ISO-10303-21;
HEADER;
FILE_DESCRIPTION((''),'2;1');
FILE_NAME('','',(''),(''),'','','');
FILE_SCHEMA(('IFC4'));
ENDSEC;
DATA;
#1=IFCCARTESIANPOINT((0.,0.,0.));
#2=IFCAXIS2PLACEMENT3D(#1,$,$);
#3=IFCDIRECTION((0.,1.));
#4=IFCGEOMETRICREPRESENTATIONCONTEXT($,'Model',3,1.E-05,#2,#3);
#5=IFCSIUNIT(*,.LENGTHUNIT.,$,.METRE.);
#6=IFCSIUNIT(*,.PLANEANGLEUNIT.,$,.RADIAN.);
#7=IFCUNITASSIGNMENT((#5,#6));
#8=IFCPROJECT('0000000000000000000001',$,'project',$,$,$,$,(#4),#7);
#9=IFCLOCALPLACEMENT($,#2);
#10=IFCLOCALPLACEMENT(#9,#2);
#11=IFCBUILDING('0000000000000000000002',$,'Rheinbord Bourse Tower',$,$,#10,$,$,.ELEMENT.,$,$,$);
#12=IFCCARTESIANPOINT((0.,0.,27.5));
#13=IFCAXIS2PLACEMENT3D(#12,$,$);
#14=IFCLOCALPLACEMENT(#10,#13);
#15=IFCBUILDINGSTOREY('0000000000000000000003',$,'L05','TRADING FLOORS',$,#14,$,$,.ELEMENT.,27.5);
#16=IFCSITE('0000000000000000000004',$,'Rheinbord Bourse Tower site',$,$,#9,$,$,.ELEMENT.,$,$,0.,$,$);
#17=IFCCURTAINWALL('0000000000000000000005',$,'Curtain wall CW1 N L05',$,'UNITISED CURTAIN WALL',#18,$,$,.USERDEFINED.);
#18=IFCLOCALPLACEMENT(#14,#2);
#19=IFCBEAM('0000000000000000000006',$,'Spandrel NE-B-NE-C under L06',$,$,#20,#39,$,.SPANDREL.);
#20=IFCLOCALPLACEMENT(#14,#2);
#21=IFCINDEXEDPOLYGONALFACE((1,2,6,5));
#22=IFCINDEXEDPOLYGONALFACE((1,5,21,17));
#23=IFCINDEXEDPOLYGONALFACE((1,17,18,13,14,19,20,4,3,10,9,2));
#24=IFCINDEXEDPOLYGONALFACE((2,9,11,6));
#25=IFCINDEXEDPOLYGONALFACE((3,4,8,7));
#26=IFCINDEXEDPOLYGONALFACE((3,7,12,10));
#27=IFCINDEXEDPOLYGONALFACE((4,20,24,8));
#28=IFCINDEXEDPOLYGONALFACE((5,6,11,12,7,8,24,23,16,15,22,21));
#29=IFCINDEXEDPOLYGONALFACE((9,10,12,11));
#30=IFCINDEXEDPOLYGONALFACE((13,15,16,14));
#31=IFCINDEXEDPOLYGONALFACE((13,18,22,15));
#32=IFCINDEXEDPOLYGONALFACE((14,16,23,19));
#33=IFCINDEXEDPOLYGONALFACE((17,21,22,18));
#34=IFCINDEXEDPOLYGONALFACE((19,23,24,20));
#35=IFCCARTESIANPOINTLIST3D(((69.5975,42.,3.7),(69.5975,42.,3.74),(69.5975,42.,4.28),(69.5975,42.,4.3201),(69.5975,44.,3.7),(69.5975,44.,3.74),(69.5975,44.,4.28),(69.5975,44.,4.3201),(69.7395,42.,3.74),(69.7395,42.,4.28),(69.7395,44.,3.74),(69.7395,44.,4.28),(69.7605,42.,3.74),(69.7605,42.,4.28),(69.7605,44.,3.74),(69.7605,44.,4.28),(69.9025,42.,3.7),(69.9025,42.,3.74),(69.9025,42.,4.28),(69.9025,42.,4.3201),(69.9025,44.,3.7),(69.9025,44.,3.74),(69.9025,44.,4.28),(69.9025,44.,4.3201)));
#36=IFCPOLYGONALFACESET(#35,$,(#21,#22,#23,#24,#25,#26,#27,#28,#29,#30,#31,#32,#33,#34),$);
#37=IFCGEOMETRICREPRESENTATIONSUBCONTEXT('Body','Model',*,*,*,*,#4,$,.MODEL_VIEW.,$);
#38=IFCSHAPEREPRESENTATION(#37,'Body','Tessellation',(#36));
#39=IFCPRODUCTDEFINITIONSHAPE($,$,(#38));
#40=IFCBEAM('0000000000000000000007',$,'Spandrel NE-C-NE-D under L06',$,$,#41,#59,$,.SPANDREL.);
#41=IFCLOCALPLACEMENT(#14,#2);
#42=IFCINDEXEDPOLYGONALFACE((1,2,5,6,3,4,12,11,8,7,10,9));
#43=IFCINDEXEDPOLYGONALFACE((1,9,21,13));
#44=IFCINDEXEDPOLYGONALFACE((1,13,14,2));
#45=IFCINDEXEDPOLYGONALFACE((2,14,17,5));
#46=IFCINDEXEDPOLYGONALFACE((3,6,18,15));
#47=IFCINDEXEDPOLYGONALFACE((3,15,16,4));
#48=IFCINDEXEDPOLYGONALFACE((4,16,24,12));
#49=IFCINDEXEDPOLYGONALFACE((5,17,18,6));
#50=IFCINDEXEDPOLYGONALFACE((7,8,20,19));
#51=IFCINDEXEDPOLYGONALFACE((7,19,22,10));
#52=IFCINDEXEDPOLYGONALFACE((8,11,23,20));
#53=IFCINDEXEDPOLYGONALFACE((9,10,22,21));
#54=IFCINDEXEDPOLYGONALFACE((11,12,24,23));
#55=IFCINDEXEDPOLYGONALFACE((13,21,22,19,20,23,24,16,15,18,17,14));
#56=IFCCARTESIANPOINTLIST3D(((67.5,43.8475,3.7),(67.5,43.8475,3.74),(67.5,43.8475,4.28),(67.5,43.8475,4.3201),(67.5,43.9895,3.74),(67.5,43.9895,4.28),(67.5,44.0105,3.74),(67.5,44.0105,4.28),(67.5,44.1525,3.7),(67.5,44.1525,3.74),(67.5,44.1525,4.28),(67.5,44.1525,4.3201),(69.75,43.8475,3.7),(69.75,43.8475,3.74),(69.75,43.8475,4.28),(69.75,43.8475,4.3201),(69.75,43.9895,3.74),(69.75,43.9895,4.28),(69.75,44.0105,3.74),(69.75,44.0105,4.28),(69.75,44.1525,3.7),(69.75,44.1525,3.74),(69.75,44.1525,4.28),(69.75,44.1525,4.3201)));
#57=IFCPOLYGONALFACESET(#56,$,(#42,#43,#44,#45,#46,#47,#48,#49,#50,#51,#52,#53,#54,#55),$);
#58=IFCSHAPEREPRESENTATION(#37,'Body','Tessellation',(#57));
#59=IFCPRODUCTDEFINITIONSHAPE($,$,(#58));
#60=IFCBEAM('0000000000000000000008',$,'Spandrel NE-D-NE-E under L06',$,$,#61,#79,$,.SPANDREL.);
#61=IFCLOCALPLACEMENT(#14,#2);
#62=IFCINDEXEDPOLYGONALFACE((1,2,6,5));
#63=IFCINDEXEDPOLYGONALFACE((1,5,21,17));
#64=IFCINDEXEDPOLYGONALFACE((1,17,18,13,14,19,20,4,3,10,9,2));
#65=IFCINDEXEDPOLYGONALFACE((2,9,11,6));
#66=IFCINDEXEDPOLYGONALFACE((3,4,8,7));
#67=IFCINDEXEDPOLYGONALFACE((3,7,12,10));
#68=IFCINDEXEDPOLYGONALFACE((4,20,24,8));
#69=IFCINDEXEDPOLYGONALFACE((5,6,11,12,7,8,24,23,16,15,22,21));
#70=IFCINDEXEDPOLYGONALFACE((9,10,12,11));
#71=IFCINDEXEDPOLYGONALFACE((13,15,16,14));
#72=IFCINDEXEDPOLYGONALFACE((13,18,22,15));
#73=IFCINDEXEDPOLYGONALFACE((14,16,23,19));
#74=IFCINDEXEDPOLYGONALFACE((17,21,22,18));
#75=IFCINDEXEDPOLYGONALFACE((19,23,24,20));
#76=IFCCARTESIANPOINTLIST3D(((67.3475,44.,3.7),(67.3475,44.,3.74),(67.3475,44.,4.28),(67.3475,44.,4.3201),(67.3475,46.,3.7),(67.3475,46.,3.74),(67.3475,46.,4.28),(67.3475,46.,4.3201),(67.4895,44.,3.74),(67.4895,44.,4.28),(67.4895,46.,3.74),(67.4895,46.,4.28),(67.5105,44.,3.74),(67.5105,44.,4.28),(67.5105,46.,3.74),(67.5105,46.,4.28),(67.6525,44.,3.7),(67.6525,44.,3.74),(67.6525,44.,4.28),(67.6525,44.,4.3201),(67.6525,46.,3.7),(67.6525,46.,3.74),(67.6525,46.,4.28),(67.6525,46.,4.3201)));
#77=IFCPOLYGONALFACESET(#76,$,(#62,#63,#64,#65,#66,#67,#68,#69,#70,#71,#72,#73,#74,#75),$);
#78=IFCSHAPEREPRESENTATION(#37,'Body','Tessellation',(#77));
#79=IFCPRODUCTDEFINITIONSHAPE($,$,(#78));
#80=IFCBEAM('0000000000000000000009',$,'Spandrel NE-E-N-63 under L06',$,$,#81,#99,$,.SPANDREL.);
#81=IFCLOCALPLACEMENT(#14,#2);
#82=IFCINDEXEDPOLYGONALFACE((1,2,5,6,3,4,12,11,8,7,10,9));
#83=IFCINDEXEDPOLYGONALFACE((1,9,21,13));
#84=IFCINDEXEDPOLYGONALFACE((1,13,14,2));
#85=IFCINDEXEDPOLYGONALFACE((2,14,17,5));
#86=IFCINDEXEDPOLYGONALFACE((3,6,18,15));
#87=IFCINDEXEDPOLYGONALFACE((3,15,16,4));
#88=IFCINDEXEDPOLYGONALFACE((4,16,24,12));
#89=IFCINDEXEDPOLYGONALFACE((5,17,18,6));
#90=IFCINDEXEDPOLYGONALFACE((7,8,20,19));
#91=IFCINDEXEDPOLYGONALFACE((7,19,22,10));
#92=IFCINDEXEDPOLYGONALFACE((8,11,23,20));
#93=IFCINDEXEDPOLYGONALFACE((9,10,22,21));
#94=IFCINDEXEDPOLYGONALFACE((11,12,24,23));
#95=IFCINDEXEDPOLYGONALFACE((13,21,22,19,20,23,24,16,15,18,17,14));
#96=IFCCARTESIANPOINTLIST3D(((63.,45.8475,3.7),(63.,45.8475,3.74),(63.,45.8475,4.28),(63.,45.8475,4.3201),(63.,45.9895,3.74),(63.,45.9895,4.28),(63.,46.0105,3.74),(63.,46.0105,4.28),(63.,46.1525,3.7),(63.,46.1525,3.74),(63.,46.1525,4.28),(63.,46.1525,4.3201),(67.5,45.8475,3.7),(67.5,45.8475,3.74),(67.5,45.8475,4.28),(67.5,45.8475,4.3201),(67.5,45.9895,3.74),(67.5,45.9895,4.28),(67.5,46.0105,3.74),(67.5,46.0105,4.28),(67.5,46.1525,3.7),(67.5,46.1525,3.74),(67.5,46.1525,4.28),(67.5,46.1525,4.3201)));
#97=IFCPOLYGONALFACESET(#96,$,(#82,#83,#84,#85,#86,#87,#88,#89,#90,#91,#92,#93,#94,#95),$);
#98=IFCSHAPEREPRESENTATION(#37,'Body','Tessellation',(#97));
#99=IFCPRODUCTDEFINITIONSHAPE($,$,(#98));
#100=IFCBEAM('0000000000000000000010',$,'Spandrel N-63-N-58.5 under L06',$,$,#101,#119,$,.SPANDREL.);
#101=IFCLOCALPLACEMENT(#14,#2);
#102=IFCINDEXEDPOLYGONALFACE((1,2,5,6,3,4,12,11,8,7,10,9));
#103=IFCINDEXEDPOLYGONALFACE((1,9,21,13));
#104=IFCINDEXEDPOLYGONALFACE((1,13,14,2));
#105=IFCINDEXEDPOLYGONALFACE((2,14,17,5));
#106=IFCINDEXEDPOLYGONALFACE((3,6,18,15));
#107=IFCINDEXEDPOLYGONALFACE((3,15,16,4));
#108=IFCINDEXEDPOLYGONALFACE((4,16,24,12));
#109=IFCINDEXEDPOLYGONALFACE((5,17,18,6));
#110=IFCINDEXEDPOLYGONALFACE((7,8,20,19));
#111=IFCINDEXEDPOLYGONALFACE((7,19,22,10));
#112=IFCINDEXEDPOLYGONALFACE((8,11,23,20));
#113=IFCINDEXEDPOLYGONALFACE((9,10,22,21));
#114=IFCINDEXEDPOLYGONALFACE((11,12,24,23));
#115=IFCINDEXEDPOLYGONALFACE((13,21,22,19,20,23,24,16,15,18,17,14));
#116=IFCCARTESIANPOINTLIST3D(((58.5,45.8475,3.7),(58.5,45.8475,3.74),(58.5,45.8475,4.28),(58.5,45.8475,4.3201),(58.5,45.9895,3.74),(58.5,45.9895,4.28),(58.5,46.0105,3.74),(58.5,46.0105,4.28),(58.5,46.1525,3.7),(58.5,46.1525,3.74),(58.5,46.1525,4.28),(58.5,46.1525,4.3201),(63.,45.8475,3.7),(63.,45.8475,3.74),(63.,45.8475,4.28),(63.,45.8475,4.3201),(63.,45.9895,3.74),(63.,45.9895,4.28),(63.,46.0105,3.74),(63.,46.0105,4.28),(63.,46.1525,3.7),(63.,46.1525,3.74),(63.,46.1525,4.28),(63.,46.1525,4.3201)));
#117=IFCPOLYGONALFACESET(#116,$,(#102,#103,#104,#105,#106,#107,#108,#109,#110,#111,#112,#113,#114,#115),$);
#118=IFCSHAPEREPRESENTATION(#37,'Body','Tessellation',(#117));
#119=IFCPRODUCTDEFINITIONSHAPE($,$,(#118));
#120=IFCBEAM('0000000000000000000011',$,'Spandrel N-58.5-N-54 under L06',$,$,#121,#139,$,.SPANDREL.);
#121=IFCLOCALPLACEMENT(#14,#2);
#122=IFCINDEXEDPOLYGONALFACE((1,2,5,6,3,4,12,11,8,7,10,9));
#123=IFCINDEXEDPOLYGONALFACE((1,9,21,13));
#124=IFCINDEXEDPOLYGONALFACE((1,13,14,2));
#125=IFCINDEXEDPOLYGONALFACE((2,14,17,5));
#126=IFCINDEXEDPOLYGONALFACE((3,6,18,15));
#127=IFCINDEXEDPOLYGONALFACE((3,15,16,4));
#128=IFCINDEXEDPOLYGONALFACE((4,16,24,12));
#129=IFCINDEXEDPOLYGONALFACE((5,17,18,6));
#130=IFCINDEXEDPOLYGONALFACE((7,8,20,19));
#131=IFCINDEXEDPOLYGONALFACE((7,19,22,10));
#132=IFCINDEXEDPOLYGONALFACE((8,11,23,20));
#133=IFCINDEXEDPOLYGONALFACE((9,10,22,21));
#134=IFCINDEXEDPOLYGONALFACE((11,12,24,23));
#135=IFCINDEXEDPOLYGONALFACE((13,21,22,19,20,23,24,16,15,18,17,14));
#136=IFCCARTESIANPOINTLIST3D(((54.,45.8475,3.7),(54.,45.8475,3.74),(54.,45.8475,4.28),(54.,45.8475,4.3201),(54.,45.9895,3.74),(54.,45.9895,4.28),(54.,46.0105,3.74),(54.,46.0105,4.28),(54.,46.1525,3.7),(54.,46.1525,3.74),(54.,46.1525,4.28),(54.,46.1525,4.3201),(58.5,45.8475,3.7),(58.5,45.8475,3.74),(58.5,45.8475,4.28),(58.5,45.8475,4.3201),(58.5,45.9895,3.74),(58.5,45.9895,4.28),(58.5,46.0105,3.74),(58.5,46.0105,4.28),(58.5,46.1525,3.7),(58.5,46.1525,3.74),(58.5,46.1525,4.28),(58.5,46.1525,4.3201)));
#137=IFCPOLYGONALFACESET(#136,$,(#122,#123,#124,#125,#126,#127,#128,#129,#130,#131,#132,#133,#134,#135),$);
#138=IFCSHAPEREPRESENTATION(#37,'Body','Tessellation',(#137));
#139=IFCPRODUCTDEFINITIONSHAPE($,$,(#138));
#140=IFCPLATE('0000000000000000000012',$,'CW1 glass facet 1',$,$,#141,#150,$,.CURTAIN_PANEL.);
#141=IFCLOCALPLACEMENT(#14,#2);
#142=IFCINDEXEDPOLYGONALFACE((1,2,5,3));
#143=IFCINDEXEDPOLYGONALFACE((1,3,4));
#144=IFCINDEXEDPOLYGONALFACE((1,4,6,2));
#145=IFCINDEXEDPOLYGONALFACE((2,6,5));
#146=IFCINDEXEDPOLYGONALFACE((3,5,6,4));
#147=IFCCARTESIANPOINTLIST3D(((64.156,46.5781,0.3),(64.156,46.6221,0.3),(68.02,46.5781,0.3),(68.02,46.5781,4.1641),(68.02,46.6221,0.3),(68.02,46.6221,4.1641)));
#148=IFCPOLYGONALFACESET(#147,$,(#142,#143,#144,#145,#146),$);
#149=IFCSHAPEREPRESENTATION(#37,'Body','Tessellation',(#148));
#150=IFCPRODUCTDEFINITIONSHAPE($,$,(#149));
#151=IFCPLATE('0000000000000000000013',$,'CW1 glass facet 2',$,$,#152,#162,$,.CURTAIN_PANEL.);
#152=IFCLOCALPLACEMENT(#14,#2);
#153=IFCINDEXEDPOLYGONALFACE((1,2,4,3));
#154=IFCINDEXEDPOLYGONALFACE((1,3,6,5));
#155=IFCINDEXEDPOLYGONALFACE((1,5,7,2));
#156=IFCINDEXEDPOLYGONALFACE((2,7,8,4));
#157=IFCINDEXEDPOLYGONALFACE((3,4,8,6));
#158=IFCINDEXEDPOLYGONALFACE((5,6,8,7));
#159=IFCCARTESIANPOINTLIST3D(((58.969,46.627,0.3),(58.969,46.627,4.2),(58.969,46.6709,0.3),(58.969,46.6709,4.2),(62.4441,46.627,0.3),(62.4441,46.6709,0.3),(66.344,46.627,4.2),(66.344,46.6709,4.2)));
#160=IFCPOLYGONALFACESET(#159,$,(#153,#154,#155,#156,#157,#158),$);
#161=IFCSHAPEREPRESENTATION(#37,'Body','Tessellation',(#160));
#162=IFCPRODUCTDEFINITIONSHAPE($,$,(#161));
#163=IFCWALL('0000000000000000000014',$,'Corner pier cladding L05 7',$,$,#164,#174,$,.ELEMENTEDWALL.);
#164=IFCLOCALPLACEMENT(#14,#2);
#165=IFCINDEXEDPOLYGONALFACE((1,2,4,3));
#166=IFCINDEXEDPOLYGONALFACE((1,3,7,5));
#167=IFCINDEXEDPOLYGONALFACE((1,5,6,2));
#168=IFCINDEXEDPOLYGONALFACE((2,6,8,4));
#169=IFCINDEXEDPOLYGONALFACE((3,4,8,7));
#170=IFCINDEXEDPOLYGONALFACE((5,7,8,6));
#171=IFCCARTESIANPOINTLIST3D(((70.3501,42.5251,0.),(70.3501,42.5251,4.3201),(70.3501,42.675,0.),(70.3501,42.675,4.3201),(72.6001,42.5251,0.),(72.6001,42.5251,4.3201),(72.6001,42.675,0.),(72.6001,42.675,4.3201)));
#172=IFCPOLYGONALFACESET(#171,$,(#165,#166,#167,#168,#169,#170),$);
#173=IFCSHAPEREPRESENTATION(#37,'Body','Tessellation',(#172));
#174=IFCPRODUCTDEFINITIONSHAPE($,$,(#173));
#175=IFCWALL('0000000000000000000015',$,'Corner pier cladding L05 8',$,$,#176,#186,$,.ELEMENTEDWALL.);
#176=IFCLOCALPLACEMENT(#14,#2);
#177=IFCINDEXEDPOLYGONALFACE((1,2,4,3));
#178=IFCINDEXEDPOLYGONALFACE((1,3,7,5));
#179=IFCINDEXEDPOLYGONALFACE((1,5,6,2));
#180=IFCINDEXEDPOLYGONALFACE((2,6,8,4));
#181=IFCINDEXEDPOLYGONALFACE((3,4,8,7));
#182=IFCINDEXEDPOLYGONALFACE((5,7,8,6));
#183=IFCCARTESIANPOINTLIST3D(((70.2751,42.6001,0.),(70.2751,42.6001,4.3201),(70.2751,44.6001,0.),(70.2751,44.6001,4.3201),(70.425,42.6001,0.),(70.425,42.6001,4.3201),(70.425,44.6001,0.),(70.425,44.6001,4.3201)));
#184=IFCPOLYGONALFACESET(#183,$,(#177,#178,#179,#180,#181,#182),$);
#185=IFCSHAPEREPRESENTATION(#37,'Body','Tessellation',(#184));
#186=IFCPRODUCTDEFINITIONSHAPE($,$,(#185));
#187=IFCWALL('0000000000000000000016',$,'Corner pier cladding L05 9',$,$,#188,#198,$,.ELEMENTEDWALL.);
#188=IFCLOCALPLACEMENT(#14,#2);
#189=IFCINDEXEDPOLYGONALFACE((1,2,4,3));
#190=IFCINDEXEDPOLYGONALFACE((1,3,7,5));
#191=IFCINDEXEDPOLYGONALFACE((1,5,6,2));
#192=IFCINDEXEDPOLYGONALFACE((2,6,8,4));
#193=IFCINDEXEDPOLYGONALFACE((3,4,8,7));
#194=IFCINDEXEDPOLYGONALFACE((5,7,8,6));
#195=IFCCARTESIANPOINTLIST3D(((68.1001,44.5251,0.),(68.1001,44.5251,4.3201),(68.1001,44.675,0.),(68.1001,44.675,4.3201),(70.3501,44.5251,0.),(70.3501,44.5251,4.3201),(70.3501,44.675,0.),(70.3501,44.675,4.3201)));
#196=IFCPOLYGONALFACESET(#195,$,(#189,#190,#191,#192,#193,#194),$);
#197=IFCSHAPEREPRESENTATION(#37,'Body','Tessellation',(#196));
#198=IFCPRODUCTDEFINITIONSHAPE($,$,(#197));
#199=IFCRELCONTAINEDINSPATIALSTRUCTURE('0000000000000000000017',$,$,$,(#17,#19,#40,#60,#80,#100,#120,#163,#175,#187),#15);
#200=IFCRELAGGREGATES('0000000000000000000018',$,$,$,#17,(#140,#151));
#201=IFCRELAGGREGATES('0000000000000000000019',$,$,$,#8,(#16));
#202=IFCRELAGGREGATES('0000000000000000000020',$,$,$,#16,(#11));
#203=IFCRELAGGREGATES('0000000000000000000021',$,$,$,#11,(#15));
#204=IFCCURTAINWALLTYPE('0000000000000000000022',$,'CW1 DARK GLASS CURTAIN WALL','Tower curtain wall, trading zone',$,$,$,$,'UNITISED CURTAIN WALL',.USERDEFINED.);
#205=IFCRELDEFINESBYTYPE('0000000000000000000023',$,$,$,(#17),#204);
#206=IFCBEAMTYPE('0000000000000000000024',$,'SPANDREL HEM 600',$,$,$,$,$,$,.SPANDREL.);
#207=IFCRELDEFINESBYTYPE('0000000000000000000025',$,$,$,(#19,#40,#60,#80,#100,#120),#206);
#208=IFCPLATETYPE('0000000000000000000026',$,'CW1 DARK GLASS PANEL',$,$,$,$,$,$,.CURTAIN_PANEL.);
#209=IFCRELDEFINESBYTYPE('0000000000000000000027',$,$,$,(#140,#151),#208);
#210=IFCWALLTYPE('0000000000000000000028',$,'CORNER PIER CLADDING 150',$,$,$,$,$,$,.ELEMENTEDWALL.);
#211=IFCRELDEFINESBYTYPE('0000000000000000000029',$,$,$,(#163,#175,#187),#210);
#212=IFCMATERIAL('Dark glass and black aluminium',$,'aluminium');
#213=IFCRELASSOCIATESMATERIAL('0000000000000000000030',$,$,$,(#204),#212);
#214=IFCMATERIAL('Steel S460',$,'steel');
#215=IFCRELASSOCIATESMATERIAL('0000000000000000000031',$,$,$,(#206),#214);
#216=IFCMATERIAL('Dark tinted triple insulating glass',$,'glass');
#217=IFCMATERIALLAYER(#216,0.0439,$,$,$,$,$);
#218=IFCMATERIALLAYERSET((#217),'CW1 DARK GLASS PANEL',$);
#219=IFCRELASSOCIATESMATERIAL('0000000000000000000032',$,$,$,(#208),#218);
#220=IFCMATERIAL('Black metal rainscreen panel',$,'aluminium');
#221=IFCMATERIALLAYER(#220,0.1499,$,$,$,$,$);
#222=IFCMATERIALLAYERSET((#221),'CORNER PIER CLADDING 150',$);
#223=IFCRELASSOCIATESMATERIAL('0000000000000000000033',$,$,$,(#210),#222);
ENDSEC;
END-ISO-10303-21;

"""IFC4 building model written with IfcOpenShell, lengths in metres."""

from ifc_helpers import new_model, si_unit, direction, frame, frame_2d, origin, origin_2d, place, context, subcontext, project, spatial, polyline, rectangle, i_section, outline, extrude, material, layer, layer_set, material_profile, profile_set, type_object, element, aggregate, save


model = new_model("IFC4")

# Units and contexts
model_context = context("Model", 3, precision=1e-05, world=origin(), true_north=direction((0.0, 1.0)))
body_context = subcontext(model_context, "Body", "Model", "MODEL_VIEW")
ifc_project = project(units=[si_unit("LENGTHUNIT", "METRE"), si_unit("PLANEANGLEUNIT", "RADIAN")], contexts=[model_context])

# Site, building, storey
site_placement = place(None, origin())
site = spatial("IfcSite", under=ifc_project, at=site_placement, Name="Rheinbord Bourse Tower site", CompositionType="ELEMENT", RefElevation=0.0)
building_placement = place(site_placement, origin())
building = spatial("IfcBuilding", under=site, at=building_placement, Name="Rheinbord Bourse Tower", CompositionType="ELEMENT")
storey_placement = place(building_placement, frame((0.0, 0.0, 27.5)))
storey = spatial("IfcBuildingStorey", under=building, at=storey_placement, Name="L05", Description="TRADING FLOORS", CompositionType="ELEMENT", Elevation=27.5)

# Curtain wall
ifc_material_1 = material(Name="Dark glass and black aluminium", Category="aluminium")
curtain_wall_type = type_object("IfcCurtainWallType", Name="CW1 DARK GLASS CURTAIN WALL", Description="Tower curtain wall, trading zone", ElementType="UNITISED CURTAIN WALL", PredefinedType="USERDEFINED", material=ifc_material_1)
curtain_wall_1_placement = place(storey_placement, origin())
curtain_wall_1 = element("IfcCurtainWall", 1, at=curtain_wall_1_placement, inside=storey, type_object=curtain_wall_type, Name="Curtain wall CW1 N L05", ObjectType="UNITISED CURTAIN WALL", PredefinedType="USERDEFINED")

# Beams
ifc_material_2 = material(Name="Steel S460", Category="steel")
ifc_material_profile_1 = material_profile(ifc_material_2, i_section(OverallWidth=0.3049, OverallDepth=0.6201, WebThickness=0.021, FlangeThickness=0.04, at=origin_2d()), Name="HEM 600")
ifc_profile_set_1 = profile_set([ifc_material_profile_1], Name="Steel S460")
beam_type_1 = type_object("IfcBeamType", Name="SPANDREL HEM 600", PredefinedType="SPANDREL", material=ifc_profile_set_1)
beam_1_placement = place(storey_placement, frame((69.75, 42.0, 4.01), z_axis=(0.0, 1.0, 0.0), x_axis=(-1.0, 0.0, 0.0)))
element("IfcBeam", 2, at=beam_1_placement, inside=storey, type_object=beam_type_1, Name="Spandrel NE-B-NE-C under L06", PredefinedType="SPANDREL", context=body_context, shape_type="SweptSolid", body=[
    extrude(i_section(OverallWidth=0.3049, OverallDepth=0.6201, WebThickness=0.021, FlangeThickness=0.04, at=origin_2d()), origin(), (0.0, 0.0, 1.0), 2.0),
])
beam_2_placement = place(storey_placement, frame((69.75, 44.0, 4.01), z_axis=(-1.0, 0.0, 0.0), x_axis=(0.0, -1.0, 0.0)))
element("IfcBeam", 3, at=beam_2_placement, inside=storey, type_object=beam_type_1, Name="Spandrel NE-C-NE-D under L06", PredefinedType="SPANDREL", context=body_context, shape_type="SweptSolid", body=[
    extrude(i_section(OverallWidth=0.3049, OverallDepth=0.6201, WebThickness=0.021, FlangeThickness=0.04, at=origin_2d()), origin(), (0.0, 0.0, 1.0), 2.25),
])
beam_3_placement = place(storey_placement, frame((67.5, 44.0, 4.01), z_axis=(0.0, 1.0, 0.0), x_axis=(-1.0, 0.0, 0.0)))
element("IfcBeam", 4, at=beam_3_placement, inside=storey, type_object=beam_type_1, Name="Spandrel NE-D-NE-E under L06", PredefinedType="SPANDREL", context=body_context, shape_type="SweptSolid", body=[
    extrude(i_section(OverallWidth=0.3049, OverallDepth=0.6201, WebThickness=0.021, FlangeThickness=0.04, at=origin_2d()), origin(), (0.0, 0.0, 1.0), 2.0),
])
for number, where, z_axis, x_axis, name in (
    (5, (67.5, 46.0, 4.01), (-1.0, 0.0, 0.0), (0.0, -1.0, 0.0), "Spandrel NE-E-N-63 under L06"),
    (6, (63.0, 46.0, 4.01), (-1.0, 0.0, 0.0), (0.0, -1.0, 0.0), "Spandrel N-63-N-58.5 under L06"),
    (7, (58.5, 46.0, 4.01), (-1.0, 0.0, 0.0), (0.0, -1.0, 0.0), "Spandrel N-58.5-N-54 under L06"),
):
    element("IfcBeam", number, at=place(storey_placement, frame(where, z_axis=z_axis, x_axis=x_axis)), inside=storey, type_object=beam_type_1, Name=name, PredefinedType="SPANDREL", context=body_context, shape_type="SweptSolid", body=[
        extrude(i_section(OverallWidth=0.3049, OverallDepth=0.6201, WebThickness=0.021, FlangeThickness=0.04, at=origin_2d()), origin(), (0.0, 0.0, 1.0), 4.5),
    ])

# Plates
ifc_material_3 = material(Name="Dark tinted triple insulating glass", Category="glass")
ifc_layer_1 = layer(ifc_material_3, 0.0439)
ifc_layer_set_1 = layer_set([ifc_layer_1], Name="CW1 DARK GLASS PANEL")
plate_type = type_object("IfcPlateType", Name="CW1 DARK GLASS PANEL", PredefinedType="CURTAIN_PANEL", material=ifc_layer_set_1)
plate_1_placement = place(storey_placement, frame((68.02, 46.6221, 0.3), z_axis=(0.0, -1.0, 0.0), x_axis=(0.0, 0.0, 1.0)))
plate_1 = element("IfcPlate", 8, at=plate_1_placement, type_object=plate_type, Name="CW1 glass facet 1", PredefinedType="CURTAIN_PANEL", context=body_context, shape_type="SweptSolid", body=[
    extrude(outline(polyline([(0.0, 0.0), (3.864, 0.0), (0.0, 3.864), (0.0, 0.0)])), origin(), (0.0, 0.0, 1.0), 0.0439),
])
plate_2_placement = place(storey_placement, frame((58.969, 46.6709, 4.2), z_axis=(0.0, -1.0, 0.0), x_axis=(0.0, 0.0, -1.0)))
plate_2 = element("IfcPlate", 9, at=plate_2_placement, type_object=plate_type, Name="CW1 glass facet 2", PredefinedType="CURTAIN_PANEL", context=body_context, shape_type="SweptSolid", body=[
    extrude(outline(polyline([(0.0, 0.0), (3.8999, 0.0), (3.8999, 3.4751), (0.0, 7.375), (0.0, 0.0)])), origin(), (0.0, 0.0, 1.0), 0.0439),
])
aggregate(curtain_wall_1, [plate_1, plate_2])

# Walls
ifc_material_4 = material(Name="Black metal rainscreen panel", Category="aluminium")
ifc_layer_2 = layer(ifc_material_4, 0.1499)
ifc_layer_set_2 = layer_set([ifc_layer_2], Name="CORNER PIER CLADDING 150")
wall_type = type_object("IfcWallType", Name="CORNER PIER CLADDING 150", PredefinedType="ELEMENTEDWALL", material=ifc_layer_set_2)
wall_1_placement = place(storey_placement, frame((72.6001, 42.6001, 0.0), z_axis=(0.0, 0.0, 1.0), x_axis=(-1.0, 0.0, 0.0)))
element("IfcWall", 10, at=wall_1_placement, inside=storey, type_object=wall_type, Name="Corner pier cladding L05 7", PredefinedType="ELEMENTEDWALL", context=body_context, shape_type="SweptSolid", body=[
    extrude(rectangle(XDim=2.25, YDim=0.1499, at=frame_2d((1.125, 0.0))), origin(), (0.0, 0.0, 1.0), 4.3201),
])
wall_2_placement = place(storey_placement, frame((70.3501, 42.6001, 0.0), z_axis=(0.0, 0.0, 1.0), x_axis=(0.0, 1.0, 0.0)))
element("IfcWall", 11, at=wall_2_placement, inside=storey, type_object=wall_type, Name="Corner pier cladding L05 8", PredefinedType="ELEMENTEDWALL", context=body_context, shape_type="SweptSolid", body=[
    extrude(rectangle(XDim=2.0, YDim=0.1499, at=frame_2d((1.0, 0.0))), origin(), (0.0, 0.0, 1.0), 4.3201),
])
wall_3_placement = place(storey_placement, frame((70.3501, 44.6001, 0.0), z_axis=(0.0, 0.0, 1.0), x_axis=(-1.0, 0.0, 0.0)))
element("IfcWall", 12, at=wall_3_placement, inside=storey, type_object=wall_type, Name="Corner pier cladding L05 9", PredefinedType="ELEMENTEDWALL", context=body_context, shape_type="SweptSolid", body=[
    extrude(rectangle(XDim=2.25, YDim=0.1499, at=frame_2d((1.125, 0.0))), origin(), (0.0, 0.0, 1.0), 4.3201),
])

save(model, "model.ifc")
